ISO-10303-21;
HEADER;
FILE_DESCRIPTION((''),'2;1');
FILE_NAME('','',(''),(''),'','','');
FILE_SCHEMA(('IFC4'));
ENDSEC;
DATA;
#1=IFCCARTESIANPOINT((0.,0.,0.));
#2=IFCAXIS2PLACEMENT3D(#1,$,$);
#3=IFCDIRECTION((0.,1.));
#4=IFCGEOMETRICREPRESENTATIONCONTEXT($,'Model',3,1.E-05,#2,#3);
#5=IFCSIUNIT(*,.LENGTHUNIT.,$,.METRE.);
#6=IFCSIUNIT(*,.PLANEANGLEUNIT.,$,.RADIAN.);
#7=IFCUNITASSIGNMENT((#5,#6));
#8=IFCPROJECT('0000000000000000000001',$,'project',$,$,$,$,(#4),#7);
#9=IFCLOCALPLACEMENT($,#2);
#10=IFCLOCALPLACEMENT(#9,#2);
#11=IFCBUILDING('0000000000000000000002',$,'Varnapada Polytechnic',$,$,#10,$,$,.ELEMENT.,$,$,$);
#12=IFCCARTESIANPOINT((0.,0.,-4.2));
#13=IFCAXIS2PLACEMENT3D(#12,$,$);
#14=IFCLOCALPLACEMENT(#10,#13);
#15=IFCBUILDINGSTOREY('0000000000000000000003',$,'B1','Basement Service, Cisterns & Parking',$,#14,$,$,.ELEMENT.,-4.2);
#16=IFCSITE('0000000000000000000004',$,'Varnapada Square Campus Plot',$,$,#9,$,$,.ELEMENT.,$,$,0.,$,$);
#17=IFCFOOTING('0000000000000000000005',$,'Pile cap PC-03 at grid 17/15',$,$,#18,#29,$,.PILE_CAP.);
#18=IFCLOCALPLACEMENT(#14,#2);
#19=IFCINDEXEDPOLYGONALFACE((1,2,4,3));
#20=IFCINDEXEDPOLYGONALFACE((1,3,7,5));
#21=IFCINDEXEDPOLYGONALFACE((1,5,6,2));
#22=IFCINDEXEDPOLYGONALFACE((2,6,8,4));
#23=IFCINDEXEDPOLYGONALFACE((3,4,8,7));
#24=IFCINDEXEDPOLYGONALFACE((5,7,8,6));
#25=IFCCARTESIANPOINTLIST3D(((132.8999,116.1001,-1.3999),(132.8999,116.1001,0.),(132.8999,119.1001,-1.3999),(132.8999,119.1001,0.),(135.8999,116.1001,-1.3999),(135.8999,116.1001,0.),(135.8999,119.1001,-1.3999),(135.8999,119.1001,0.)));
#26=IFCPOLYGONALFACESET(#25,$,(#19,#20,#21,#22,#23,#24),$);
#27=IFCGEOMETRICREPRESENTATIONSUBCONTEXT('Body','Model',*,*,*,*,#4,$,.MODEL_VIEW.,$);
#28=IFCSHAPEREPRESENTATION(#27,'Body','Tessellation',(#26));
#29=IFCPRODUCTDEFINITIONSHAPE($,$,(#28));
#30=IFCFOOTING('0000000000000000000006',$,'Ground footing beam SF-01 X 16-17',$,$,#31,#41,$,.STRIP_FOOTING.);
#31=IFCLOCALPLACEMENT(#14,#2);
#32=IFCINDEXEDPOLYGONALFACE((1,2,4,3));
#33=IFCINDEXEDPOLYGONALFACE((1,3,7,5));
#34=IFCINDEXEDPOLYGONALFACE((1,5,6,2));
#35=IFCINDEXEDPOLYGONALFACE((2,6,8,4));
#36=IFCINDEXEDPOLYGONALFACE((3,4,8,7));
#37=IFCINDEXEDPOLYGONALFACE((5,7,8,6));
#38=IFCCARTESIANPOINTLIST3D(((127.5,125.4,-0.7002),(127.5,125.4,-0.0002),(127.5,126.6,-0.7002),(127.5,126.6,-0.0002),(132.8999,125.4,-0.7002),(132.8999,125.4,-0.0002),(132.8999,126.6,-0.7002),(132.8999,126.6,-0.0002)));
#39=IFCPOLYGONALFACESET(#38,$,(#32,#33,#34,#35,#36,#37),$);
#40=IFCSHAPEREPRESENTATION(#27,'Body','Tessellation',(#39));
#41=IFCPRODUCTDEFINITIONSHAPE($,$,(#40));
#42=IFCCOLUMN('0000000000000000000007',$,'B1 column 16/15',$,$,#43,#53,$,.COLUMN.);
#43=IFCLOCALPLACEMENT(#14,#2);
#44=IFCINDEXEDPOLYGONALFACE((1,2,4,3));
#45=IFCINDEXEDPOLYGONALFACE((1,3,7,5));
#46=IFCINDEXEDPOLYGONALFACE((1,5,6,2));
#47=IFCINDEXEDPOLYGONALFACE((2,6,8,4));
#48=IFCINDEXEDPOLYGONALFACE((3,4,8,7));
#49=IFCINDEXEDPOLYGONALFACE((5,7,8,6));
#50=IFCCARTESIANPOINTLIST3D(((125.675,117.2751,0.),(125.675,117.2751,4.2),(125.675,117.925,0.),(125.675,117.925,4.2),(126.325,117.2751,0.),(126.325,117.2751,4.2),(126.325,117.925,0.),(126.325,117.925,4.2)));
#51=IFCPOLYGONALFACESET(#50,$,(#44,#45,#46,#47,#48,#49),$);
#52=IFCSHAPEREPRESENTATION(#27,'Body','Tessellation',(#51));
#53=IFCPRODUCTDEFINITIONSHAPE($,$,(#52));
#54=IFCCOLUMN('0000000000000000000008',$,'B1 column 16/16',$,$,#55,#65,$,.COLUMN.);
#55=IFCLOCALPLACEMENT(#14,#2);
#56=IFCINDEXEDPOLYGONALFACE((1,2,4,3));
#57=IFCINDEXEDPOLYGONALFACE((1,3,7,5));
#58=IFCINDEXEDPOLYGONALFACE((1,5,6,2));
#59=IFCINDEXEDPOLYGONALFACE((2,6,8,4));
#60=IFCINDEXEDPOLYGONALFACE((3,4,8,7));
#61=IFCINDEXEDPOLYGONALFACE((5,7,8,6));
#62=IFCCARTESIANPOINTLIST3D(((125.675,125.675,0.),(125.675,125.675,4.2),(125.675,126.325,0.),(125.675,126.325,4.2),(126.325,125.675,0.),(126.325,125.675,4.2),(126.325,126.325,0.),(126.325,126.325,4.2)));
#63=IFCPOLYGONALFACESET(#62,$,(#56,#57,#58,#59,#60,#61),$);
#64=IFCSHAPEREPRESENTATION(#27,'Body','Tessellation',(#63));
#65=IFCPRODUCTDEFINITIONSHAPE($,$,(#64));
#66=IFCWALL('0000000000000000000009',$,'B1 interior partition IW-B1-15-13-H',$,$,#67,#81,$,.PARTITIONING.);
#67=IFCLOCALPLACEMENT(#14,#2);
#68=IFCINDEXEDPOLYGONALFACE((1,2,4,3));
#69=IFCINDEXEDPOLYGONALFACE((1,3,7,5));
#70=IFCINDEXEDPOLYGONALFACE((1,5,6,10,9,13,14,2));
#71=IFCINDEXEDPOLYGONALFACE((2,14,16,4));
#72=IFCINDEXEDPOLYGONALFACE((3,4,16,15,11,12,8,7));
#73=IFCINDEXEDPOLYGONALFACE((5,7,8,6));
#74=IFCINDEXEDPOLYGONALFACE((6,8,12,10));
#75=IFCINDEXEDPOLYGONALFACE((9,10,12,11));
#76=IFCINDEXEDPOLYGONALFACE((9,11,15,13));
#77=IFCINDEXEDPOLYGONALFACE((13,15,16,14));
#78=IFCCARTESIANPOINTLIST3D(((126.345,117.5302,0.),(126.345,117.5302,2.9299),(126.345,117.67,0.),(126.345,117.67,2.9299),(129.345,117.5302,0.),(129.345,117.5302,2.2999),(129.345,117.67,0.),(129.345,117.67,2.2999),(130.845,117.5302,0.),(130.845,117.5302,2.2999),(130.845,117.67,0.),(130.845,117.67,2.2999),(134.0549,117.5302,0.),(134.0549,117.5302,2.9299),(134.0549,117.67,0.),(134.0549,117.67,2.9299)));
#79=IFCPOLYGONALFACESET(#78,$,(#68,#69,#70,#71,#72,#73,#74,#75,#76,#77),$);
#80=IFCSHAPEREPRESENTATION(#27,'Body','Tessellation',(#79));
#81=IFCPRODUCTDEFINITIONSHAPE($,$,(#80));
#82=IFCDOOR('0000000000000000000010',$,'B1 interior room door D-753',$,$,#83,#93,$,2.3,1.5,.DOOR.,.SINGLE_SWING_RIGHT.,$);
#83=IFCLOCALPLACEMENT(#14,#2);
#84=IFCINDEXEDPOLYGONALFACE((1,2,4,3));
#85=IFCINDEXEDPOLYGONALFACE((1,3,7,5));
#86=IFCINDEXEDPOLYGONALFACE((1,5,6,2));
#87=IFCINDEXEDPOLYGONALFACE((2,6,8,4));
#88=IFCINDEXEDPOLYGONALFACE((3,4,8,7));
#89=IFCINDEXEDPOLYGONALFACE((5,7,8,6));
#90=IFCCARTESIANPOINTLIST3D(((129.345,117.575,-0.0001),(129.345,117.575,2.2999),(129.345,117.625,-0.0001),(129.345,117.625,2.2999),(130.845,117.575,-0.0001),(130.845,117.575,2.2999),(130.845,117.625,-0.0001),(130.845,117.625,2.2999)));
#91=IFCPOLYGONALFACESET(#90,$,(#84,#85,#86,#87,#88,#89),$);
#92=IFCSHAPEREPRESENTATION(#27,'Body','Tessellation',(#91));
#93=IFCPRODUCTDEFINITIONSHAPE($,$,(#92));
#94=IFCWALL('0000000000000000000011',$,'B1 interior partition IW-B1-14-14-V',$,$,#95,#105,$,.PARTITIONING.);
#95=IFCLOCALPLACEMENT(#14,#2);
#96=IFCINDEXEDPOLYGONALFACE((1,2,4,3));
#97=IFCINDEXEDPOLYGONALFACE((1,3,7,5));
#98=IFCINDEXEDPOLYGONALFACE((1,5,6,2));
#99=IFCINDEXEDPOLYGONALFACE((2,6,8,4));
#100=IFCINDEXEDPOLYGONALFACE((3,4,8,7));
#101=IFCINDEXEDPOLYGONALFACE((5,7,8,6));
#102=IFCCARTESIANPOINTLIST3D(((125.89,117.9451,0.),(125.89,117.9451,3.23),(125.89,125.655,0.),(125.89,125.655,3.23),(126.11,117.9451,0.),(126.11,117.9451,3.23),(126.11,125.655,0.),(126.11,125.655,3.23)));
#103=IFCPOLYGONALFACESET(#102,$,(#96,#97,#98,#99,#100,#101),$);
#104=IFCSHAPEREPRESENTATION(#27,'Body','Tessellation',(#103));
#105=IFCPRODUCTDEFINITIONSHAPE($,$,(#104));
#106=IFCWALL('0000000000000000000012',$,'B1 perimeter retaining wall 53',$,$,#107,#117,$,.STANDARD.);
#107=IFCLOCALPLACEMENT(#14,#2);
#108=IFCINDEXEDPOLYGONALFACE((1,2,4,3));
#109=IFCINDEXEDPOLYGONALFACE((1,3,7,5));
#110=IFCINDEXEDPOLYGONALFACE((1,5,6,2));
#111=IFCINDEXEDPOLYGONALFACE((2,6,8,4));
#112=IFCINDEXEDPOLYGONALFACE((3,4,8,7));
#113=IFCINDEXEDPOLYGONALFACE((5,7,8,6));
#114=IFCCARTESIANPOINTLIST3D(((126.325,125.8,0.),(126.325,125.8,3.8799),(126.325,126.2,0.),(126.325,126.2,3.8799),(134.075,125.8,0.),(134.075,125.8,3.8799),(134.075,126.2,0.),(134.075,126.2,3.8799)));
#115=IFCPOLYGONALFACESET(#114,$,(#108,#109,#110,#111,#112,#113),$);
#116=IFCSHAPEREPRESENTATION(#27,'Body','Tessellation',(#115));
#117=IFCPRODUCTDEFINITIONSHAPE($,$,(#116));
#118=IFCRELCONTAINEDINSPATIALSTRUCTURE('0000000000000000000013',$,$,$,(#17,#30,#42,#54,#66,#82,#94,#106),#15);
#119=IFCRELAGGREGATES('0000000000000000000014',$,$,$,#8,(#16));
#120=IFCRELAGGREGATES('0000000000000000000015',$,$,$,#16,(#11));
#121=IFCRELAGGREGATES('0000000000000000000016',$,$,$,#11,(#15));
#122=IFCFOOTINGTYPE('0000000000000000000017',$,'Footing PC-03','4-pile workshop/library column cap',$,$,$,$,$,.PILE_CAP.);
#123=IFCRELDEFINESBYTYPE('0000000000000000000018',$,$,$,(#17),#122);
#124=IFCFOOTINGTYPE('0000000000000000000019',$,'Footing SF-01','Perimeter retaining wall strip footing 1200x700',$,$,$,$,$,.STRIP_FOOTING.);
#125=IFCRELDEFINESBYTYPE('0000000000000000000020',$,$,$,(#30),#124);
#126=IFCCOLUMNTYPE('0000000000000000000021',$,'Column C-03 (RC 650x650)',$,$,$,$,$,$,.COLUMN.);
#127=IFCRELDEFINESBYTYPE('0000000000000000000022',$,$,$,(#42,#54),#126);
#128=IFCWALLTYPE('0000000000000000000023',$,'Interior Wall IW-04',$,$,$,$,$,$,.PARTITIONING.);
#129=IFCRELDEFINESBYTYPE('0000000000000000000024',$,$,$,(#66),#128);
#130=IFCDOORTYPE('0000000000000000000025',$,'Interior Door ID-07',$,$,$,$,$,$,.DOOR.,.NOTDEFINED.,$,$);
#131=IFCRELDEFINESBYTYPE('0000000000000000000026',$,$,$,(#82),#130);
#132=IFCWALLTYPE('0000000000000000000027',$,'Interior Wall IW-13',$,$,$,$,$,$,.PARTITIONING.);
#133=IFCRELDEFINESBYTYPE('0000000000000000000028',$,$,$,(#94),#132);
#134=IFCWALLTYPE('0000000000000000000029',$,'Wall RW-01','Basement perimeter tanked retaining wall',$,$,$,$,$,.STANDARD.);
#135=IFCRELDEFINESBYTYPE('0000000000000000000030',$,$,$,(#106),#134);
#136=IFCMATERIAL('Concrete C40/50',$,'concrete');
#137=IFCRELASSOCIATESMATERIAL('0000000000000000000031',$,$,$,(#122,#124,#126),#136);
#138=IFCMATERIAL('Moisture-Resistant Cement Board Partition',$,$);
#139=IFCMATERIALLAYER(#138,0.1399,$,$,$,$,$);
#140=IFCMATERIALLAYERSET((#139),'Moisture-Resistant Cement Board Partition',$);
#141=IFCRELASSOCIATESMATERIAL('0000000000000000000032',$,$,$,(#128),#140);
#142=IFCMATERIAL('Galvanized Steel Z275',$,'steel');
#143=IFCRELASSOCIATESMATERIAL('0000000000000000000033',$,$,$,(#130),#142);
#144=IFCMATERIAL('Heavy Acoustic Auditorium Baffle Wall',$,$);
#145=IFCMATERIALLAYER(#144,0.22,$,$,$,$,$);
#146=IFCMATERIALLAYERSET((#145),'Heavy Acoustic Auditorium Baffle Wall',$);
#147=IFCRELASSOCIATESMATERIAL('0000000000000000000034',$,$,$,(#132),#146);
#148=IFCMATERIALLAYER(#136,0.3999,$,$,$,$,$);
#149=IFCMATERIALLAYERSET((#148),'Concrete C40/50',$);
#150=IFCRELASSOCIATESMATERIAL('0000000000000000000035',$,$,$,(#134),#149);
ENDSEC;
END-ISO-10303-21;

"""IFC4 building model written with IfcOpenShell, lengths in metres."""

from ifc_helpers import new_model, si_unit, direction, frame, frame_2d, origin, origin_2d, place, context, subcontext, project, spatial, rectangle, extrude, material, layer, layer_set, material_profile, profile_set, type_object, element, fill, save


model = new_model("IFC4")

# Units and contexts
model_context = context("Model", 3, precision=1e-05, world=origin(), true_north=direction((0.0, 1.0)))
body_context = subcontext(model_context, "Body", "Model", "MODEL_VIEW")
ifc_project = project(units=[si_unit("LENGTHUNIT", "METRE"), si_unit("PLANEANGLEUNIT", "RADIAN")], contexts=[model_context])

# Site, building, storey
site_placement = place(None, origin())
site = spatial("IfcSite", under=ifc_project, at=site_placement, Name="Varnapada Square Campus Plot", CompositionType="ELEMENT", RefElevation=0.0)
building_placement = place(site_placement, origin())
building = spatial("IfcBuilding", under=site, at=building_placement, Name="Varnapada Polytechnic", CompositionType="ELEMENT")
storey_placement = place(building_placement, frame((0.0, 0.0, -4.2)))
storey = spatial("IfcBuildingStorey", under=building, at=storey_placement, Name="B1", Description="Basement Service, Cisterns & Parking", CompositionType="ELEMENT", Elevation=-4.2)

# Shared definitions
ifc_material_1 = material(Name="Concrete C40/50", Category="concrete")

# Footings
footing_type_1 = type_object("IfcFootingType", Name="Footing PC-03", Description="4-pile workshop/library column cap", PredefinedType="PILE_CAP", material=ifc_material_1)
for number, where, z_axis, x_axis, name in (
    (1, (134.3999, 117.6001, -1.3999), (0.0, 0.0, 1.0), (1.0, 0.0, 0.0), "Pile cap PC-03 at grid 17/15"),
):
    element("IfcFooting", number, at=place(storey_placement, frame(where, z_axis=z_axis, x_axis=x_axis)), inside=storey, type_object=footing_type_1, Name=name, PredefinedType="PILE_CAP", context=body_context, shape_type="SweptSolid", body=[
        extrude(rectangle(XDim=3.0, YDim=3.0, at=origin_2d()), origin(), (0.0, 0.0, 1.0), 1.3999),
    ])
footing_type_2 = type_object("IfcFootingType", Name="Footing SF-01", Description="Perimeter retaining wall strip footing 1200x700", PredefinedType="STRIP_FOOTING", material=ifc_material_1)
footing_1_placement = place(storey_placement, frame((130.2, 126.0, -0.7002), z_axis=(0.0, 0.0, 1.0), x_axis=(1.0, 0.0, 0.0)))
element("IfcFooting", 2, at=footing_1_placement, inside=storey, type_object=footing_type_2, Name="Ground footing beam SF-01 X 16-17", PredefinedType="STRIP_FOOTING", context=body_context, shape_type="SweptSolid", body=[
    extrude(rectangle(XDim=5.3999, YDim=1.2, at=origin_2d()), origin(), (0.0, 0.0, 1.0), 0.7),
])

# Columns
ifc_material_profile_1 = material_profile(ifc_material_1, rectangle(XDim=0.6499, YDim=0.6499, at=origin_2d()), Name="RC 650x650")
ifc_profile_set_1 = profile_set([ifc_material_profile_1], Name="Concrete C40/50")
column_type = type_object("IfcColumnType", Name="Column C-03 (RC 650x650)", PredefinedType="COLUMN", material=ifc_profile_set_1)
for number, where, z_axis, x_axis, name in (
    (3, (126.0, 117.6001, 0.0), (0.0, 0.0, 1.0), (1.0, 0.0, 0.0), "B1 column 16/15"),
    (4, (126.0, 126.0, 0.0), (0.0, 0.0, 1.0), (1.0, 0.0, 0.0), "B1 column 16/16"),
):
    element("IfcColumn", number, at=place(storey_placement, frame(where, z_axis=z_axis, x_axis=x_axis)), inside=storey, type_object=column_type, Name=name, PredefinedType="COLUMN", context=body_context, shape_type="SweptSolid", body=[
        extrude(rectangle(XDim=0.6499, YDim=0.6499, at=origin_2d()), origin(), (0.0, 0.0, 1.0), 4.2),
    ])

# Wall, opening, door
ifc_material_2 = material(Name="Moisture-Resistant Cement Board Partition")
ifc_layer_1 = layer(ifc_material_2, 0.1399)
ifc_layer_set_1 = layer_set([ifc_layer_1], Name="Moisture-Resistant Cement Board Partition")
wall_type_1 = type_object("IfcWallType", Name="Interior Wall IW-04", PredefinedType="PARTITIONING", material=ifc_layer_set_1)
wall_1_placement = place(storey_placement, frame((126.345, 117.6001, 0.0), z_axis=(0.0, 0.0, 1.0), x_axis=(1.0, 0.0, 0.0)))
wall_1 = element("IfcWall", 5, at=wall_1_placement, inside=storey, type_object=wall_type_1, Name="B1 interior partition IW-B1-15-13-H", PredefinedType="PARTITIONING", context=body_context, shape_type="SweptSolid", body=[
    extrude(rectangle(XDim=7.71, YDim=0.1399, at=frame_2d((3.855, 0.0))), origin(), (0.0, 0.0, 1.0), 2.9299),
])
opening_placement = place(wall_1_placement, frame((3.0, 0.0, 0.0)))
opening = element("IfcOpeningElement", 6, at=opening_placement, cuts=wall_1, PredefinedType="OPENING", context=body_context, shape_type="SweptSolid", body=[
    extrude(rectangle(XDim=1.5, YDim=2.3, at=frame_2d((0.75, 1.1499))), frame((0.0, 0.0798, 0.0), z_axis=(0.0, -1.0, 0.0), x_axis=(1.0, 0.0, 0.0)), (0.0, 0.0, 1.0), 0.1599),
])
ifc_material_3 = material(Name="Galvanized Steel Z275", Category="steel")
door_type = type_object("IfcDoorType", Name="Interior Door ID-07", OperationType="NOTDEFINED", PredefinedType="DOOR", material=ifc_material_3)
door_placement = place(opening_placement, origin())
door = element("IfcDoor", 7, at=door_placement, inside=storey, type_object=door_type, Name="B1 interior room door D-753", OperationType="SINGLE_SWING_RIGHT", OverallHeight=2.3, OverallWidth=1.5, PredefinedType="DOOR", context=body_context, shape_type="SweptSolid", body=[
    extrude(rectangle(XDim=1.5, YDim=2.3, at=frame_2d((0.75, 1.1499))), frame((0.0, 0.0249, 0.0), z_axis=(0.0, -1.0, 0.0), x_axis=(1.0, 0.0, 0.0)), (0.0, 0.0, 1.0), 0.05),
])
fill(opening, door)

# Walls
ifc_material_4 = material(Name="Heavy Acoustic Auditorium Baffle Wall")
ifc_layer_2 = layer(ifc_material_4, 0.22)
ifc_layer_set_2 = layer_set([ifc_layer_2], Name="Heavy Acoustic Auditorium Baffle Wall")
wall_type_2 = type_object("IfcWallType", Name="Interior Wall IW-13", PredefinedType="PARTITIONING", material=ifc_layer_set_2)
wall_2_placement = place(storey_placement, frame((126.0, 117.9451, 0.0), z_axis=(0.0, 0.0, 1.0), x_axis=(0.0, 1.0, 0.0)))
element("IfcWall", 8, at=wall_2_placement, inside=storey, type_object=wall_type_2, Name="B1 interior partition IW-B1-14-14-V", PredefinedType="PARTITIONING", context=body_context, shape_type="SweptSolid", body=[
    extrude(rectangle(XDim=7.71, YDim=0.22, at=frame_2d((3.855, 0.0))), origin(), (0.0, 0.0, 1.0), 3.23),
])
ifc_layer_3 = layer(ifc_material_1, 0.3999)
ifc_layer_set_3 = layer_set([ifc_layer_3], Name="Concrete C40/50")
wall_type_3 = type_object("IfcWallType", Name="Wall RW-01", Description="Basement perimeter tanked retaining wall", PredefinedType="STANDARD", material=ifc_layer_set_3)
wall_3_placement = place(storey_placement, frame((126.325, 126.0, 0.0), z_axis=(0.0, 0.0, 1.0), x_axis=(1.0, 0.0, 0.0)))
element("IfcWall", 9, at=wall_3_placement, inside=storey, type_object=wall_type_3, Name="B1 perimeter retaining wall 53", PredefinedType="STANDARD", context=body_context, shape_type="SweptSolid", body=[
    extrude(rectangle(XDim=7.75, YDim=0.3999, at=frame_2d((3.875, 0.0))), origin(), (0.0, 0.0, 1.0), 3.8799),
])

save(model, "model.ifc")
